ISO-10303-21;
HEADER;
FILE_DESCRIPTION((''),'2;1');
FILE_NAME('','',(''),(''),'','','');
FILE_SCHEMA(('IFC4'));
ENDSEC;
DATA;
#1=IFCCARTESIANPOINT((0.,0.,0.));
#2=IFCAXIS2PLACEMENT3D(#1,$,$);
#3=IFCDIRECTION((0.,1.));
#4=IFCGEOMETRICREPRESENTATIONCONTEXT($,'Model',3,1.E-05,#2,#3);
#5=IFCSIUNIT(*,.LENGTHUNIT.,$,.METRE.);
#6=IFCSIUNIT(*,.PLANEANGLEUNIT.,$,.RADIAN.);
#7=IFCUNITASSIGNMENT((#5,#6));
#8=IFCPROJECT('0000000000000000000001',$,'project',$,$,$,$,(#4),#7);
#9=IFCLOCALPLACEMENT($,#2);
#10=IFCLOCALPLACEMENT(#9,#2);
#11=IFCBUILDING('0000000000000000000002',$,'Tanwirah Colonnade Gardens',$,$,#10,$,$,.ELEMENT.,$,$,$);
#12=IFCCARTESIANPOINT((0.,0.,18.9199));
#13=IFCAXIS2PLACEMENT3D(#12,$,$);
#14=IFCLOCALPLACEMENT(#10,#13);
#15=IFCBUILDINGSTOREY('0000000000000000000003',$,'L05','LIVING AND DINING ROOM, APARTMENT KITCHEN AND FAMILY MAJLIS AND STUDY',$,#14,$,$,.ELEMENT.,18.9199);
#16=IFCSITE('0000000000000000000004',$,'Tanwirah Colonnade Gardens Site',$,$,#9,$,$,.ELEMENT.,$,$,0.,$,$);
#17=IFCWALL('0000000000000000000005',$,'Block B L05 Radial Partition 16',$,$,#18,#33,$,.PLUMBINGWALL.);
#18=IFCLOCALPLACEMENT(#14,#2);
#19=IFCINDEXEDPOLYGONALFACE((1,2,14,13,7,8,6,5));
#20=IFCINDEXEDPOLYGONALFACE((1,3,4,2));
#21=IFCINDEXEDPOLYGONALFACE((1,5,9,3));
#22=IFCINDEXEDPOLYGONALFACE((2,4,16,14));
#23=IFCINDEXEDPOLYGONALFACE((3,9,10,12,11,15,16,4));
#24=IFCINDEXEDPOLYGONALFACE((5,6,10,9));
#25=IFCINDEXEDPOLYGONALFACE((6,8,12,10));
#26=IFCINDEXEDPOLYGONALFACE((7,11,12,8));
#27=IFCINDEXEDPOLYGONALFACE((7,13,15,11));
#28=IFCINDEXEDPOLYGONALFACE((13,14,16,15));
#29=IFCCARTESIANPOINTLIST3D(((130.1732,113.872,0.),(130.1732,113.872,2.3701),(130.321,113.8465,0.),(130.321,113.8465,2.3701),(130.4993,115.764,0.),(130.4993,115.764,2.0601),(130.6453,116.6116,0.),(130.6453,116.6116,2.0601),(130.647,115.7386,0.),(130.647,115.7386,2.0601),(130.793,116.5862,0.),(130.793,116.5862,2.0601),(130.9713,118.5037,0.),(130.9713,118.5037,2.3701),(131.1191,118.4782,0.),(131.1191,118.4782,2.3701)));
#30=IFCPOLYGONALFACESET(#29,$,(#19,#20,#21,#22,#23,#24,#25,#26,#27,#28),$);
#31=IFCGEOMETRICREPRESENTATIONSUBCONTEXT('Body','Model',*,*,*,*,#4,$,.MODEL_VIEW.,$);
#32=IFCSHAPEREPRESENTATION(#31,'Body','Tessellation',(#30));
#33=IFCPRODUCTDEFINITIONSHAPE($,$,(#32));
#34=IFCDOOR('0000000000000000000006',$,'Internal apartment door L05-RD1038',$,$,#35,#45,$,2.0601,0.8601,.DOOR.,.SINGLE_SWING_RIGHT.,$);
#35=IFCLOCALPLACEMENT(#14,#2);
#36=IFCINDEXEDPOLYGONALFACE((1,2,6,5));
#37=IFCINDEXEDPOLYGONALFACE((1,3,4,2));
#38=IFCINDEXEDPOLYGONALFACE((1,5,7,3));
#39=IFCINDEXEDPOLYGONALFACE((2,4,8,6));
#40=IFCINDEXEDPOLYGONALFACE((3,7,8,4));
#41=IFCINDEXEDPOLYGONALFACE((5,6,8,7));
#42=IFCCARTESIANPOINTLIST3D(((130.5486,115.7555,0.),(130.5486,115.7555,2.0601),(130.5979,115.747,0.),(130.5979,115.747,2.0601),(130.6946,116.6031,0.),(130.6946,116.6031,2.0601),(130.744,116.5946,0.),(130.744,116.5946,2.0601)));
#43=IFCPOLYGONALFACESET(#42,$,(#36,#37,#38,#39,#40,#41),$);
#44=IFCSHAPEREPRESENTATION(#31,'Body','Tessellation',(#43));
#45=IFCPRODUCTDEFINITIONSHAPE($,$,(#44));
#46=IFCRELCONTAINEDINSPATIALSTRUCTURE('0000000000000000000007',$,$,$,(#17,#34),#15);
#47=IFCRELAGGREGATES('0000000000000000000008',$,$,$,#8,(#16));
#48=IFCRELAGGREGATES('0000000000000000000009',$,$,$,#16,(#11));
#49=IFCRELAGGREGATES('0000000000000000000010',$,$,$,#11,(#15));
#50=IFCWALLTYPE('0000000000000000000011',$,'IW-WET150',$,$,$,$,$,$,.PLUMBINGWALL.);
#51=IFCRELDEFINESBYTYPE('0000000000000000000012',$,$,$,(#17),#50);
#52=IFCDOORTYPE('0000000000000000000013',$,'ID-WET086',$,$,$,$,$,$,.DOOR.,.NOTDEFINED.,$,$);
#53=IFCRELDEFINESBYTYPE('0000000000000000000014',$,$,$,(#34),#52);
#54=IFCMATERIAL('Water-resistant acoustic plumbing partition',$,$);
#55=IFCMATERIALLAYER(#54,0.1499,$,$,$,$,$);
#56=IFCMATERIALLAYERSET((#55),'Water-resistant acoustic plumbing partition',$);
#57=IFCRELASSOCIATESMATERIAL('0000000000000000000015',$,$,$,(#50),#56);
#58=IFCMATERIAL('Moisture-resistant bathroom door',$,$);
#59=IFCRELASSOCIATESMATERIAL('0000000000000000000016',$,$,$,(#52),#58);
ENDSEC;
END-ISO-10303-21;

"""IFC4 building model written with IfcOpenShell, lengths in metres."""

from ifc_helpers import new_model, si_unit, direction, frame, frame_2d, origin, place, context, subcontext, project, spatial, rectangle, extrude, material, layer, layer_set, type_object, element, fill, save


model = new_model("IFC4")

# Units and contexts
model_context = context("Model", 3, precision=1e-05, world=origin(), true_north=direction((0.0, 1.0)))
body_context = subcontext(model_context, "Body", "Model", "MODEL_VIEW")
ifc_project = project(units=[si_unit("LENGTHUNIT", "METRE"), si_unit("PLANEANGLEUNIT", "RADIAN")], contexts=[model_context])

# Site, building, storey
site_placement = place(None, origin())
site = spatial("IfcSite", under=ifc_project, at=site_placement, Name="Tanwirah Colonnade Gardens Site", CompositionType="ELEMENT", RefElevation=0.0)
building_placement = place(site_placement, origin())
building = spatial("IfcBuilding", under=site, at=building_placement, Name="Tanwirah Colonnade Gardens", CompositionType="ELEMENT")
storey_placement = place(building_placement, frame((0.0, 0.0, 18.9199)))
storey = spatial("IfcBuildingStorey", under=building, at=storey_placement, Name="L05", Description="LIVING AND DINING ROOM, APARTMENT KITCHEN AND FAMILY MAJLIS AND STUDY", CompositionType="ELEMENT", Elevation=18.9199)

# Wall, opening, door
ifc_material_1 = material(Name="Water-resistant acoustic plumbing partition")
ifc_layer_1 = layer(ifc_material_1, 0.1499)
ifc_layer_set_1 = layer_set([ifc_layer_1], Name="Water-resistant acoustic plumbing partition")
wall_type_1 = type_object("IfcWallType", Name="IW-WET150", PredefinedType="PLUMBINGWALL", material=ifc_layer_set_1)
wall_1_placement = place(storey_placement, frame((130.2471, 113.8591, 0.0), z_axis=(0.0, 0.0, 1.0), x_axis=(0.169813, 0.985476, 0.0)))
wall_1 = element("IfcWall", 1, at=wall_1_placement, inside=storey, type_object=wall_type_1, Name="Block B L05 Radial Partition 16", PredefinedType="PLUMBINGWALL", context=body_context, shape_type="SweptSolid", body=[
    extrude(rectangle(XDim=4.7, YDim=0.1499, at=frame_2d((2.3501, 0.0))), origin(), (0.0, 0.0, 1.0), 2.3701),
])
opening_1_placement = place(wall_1_placement, frame((1.9199, 0.0, 0.0)))
opening_1 = element("IfcOpeningElement", 2, at=opening_1_placement, cuts=wall_1, PredefinedType="OPENING", context=body_context, shape_type="SweptSolid", body=[
    extrude(rectangle(XDim=0.8601, YDim=2.0601, at=frame_2d((0.4302, 1.03))), frame((0.0, 0.085, 0.0), z_axis=(0.0, -1.0, 0.0), x_axis=(1.0, 0.0, 0.0)), (0.0, 0.0, 1.0), 0.1699),
])
ifc_material_2 = material(Name="Moisture-resistant bathroom door")
door_type_1 = type_object("IfcDoorType", Name="ID-WET086", OperationType="NOTDEFINED", PredefinedType="DOOR", material=ifc_material_2)
door_1_placement = place(opening_1_placement, origin())
door_1 = element("IfcDoor", 3, at=door_1_placement, inside=storey, type_object=door_type_1, Name="Internal apartment door L05-RD1038", OperationType="SINGLE_SWING_RIGHT", OverallHeight=2.0601, OverallWidth=0.8601, PredefinedType="DOOR", context=body_context, shape_type="SweptSolid", body=[
    extrude(rectangle(XDim=0.8601, YDim=2.0601, at=frame_2d((0.4302, 1.03))), frame((0.0, 0.0249, 0.0), z_axis=(0.0, -1.0, 0.0), x_axis=(1.0, 0.0, 0.0)), (0.0, 0.0, 1.0), 0.05),
])
fill(opening_1, door_1)

save(model, "model.ifc")
